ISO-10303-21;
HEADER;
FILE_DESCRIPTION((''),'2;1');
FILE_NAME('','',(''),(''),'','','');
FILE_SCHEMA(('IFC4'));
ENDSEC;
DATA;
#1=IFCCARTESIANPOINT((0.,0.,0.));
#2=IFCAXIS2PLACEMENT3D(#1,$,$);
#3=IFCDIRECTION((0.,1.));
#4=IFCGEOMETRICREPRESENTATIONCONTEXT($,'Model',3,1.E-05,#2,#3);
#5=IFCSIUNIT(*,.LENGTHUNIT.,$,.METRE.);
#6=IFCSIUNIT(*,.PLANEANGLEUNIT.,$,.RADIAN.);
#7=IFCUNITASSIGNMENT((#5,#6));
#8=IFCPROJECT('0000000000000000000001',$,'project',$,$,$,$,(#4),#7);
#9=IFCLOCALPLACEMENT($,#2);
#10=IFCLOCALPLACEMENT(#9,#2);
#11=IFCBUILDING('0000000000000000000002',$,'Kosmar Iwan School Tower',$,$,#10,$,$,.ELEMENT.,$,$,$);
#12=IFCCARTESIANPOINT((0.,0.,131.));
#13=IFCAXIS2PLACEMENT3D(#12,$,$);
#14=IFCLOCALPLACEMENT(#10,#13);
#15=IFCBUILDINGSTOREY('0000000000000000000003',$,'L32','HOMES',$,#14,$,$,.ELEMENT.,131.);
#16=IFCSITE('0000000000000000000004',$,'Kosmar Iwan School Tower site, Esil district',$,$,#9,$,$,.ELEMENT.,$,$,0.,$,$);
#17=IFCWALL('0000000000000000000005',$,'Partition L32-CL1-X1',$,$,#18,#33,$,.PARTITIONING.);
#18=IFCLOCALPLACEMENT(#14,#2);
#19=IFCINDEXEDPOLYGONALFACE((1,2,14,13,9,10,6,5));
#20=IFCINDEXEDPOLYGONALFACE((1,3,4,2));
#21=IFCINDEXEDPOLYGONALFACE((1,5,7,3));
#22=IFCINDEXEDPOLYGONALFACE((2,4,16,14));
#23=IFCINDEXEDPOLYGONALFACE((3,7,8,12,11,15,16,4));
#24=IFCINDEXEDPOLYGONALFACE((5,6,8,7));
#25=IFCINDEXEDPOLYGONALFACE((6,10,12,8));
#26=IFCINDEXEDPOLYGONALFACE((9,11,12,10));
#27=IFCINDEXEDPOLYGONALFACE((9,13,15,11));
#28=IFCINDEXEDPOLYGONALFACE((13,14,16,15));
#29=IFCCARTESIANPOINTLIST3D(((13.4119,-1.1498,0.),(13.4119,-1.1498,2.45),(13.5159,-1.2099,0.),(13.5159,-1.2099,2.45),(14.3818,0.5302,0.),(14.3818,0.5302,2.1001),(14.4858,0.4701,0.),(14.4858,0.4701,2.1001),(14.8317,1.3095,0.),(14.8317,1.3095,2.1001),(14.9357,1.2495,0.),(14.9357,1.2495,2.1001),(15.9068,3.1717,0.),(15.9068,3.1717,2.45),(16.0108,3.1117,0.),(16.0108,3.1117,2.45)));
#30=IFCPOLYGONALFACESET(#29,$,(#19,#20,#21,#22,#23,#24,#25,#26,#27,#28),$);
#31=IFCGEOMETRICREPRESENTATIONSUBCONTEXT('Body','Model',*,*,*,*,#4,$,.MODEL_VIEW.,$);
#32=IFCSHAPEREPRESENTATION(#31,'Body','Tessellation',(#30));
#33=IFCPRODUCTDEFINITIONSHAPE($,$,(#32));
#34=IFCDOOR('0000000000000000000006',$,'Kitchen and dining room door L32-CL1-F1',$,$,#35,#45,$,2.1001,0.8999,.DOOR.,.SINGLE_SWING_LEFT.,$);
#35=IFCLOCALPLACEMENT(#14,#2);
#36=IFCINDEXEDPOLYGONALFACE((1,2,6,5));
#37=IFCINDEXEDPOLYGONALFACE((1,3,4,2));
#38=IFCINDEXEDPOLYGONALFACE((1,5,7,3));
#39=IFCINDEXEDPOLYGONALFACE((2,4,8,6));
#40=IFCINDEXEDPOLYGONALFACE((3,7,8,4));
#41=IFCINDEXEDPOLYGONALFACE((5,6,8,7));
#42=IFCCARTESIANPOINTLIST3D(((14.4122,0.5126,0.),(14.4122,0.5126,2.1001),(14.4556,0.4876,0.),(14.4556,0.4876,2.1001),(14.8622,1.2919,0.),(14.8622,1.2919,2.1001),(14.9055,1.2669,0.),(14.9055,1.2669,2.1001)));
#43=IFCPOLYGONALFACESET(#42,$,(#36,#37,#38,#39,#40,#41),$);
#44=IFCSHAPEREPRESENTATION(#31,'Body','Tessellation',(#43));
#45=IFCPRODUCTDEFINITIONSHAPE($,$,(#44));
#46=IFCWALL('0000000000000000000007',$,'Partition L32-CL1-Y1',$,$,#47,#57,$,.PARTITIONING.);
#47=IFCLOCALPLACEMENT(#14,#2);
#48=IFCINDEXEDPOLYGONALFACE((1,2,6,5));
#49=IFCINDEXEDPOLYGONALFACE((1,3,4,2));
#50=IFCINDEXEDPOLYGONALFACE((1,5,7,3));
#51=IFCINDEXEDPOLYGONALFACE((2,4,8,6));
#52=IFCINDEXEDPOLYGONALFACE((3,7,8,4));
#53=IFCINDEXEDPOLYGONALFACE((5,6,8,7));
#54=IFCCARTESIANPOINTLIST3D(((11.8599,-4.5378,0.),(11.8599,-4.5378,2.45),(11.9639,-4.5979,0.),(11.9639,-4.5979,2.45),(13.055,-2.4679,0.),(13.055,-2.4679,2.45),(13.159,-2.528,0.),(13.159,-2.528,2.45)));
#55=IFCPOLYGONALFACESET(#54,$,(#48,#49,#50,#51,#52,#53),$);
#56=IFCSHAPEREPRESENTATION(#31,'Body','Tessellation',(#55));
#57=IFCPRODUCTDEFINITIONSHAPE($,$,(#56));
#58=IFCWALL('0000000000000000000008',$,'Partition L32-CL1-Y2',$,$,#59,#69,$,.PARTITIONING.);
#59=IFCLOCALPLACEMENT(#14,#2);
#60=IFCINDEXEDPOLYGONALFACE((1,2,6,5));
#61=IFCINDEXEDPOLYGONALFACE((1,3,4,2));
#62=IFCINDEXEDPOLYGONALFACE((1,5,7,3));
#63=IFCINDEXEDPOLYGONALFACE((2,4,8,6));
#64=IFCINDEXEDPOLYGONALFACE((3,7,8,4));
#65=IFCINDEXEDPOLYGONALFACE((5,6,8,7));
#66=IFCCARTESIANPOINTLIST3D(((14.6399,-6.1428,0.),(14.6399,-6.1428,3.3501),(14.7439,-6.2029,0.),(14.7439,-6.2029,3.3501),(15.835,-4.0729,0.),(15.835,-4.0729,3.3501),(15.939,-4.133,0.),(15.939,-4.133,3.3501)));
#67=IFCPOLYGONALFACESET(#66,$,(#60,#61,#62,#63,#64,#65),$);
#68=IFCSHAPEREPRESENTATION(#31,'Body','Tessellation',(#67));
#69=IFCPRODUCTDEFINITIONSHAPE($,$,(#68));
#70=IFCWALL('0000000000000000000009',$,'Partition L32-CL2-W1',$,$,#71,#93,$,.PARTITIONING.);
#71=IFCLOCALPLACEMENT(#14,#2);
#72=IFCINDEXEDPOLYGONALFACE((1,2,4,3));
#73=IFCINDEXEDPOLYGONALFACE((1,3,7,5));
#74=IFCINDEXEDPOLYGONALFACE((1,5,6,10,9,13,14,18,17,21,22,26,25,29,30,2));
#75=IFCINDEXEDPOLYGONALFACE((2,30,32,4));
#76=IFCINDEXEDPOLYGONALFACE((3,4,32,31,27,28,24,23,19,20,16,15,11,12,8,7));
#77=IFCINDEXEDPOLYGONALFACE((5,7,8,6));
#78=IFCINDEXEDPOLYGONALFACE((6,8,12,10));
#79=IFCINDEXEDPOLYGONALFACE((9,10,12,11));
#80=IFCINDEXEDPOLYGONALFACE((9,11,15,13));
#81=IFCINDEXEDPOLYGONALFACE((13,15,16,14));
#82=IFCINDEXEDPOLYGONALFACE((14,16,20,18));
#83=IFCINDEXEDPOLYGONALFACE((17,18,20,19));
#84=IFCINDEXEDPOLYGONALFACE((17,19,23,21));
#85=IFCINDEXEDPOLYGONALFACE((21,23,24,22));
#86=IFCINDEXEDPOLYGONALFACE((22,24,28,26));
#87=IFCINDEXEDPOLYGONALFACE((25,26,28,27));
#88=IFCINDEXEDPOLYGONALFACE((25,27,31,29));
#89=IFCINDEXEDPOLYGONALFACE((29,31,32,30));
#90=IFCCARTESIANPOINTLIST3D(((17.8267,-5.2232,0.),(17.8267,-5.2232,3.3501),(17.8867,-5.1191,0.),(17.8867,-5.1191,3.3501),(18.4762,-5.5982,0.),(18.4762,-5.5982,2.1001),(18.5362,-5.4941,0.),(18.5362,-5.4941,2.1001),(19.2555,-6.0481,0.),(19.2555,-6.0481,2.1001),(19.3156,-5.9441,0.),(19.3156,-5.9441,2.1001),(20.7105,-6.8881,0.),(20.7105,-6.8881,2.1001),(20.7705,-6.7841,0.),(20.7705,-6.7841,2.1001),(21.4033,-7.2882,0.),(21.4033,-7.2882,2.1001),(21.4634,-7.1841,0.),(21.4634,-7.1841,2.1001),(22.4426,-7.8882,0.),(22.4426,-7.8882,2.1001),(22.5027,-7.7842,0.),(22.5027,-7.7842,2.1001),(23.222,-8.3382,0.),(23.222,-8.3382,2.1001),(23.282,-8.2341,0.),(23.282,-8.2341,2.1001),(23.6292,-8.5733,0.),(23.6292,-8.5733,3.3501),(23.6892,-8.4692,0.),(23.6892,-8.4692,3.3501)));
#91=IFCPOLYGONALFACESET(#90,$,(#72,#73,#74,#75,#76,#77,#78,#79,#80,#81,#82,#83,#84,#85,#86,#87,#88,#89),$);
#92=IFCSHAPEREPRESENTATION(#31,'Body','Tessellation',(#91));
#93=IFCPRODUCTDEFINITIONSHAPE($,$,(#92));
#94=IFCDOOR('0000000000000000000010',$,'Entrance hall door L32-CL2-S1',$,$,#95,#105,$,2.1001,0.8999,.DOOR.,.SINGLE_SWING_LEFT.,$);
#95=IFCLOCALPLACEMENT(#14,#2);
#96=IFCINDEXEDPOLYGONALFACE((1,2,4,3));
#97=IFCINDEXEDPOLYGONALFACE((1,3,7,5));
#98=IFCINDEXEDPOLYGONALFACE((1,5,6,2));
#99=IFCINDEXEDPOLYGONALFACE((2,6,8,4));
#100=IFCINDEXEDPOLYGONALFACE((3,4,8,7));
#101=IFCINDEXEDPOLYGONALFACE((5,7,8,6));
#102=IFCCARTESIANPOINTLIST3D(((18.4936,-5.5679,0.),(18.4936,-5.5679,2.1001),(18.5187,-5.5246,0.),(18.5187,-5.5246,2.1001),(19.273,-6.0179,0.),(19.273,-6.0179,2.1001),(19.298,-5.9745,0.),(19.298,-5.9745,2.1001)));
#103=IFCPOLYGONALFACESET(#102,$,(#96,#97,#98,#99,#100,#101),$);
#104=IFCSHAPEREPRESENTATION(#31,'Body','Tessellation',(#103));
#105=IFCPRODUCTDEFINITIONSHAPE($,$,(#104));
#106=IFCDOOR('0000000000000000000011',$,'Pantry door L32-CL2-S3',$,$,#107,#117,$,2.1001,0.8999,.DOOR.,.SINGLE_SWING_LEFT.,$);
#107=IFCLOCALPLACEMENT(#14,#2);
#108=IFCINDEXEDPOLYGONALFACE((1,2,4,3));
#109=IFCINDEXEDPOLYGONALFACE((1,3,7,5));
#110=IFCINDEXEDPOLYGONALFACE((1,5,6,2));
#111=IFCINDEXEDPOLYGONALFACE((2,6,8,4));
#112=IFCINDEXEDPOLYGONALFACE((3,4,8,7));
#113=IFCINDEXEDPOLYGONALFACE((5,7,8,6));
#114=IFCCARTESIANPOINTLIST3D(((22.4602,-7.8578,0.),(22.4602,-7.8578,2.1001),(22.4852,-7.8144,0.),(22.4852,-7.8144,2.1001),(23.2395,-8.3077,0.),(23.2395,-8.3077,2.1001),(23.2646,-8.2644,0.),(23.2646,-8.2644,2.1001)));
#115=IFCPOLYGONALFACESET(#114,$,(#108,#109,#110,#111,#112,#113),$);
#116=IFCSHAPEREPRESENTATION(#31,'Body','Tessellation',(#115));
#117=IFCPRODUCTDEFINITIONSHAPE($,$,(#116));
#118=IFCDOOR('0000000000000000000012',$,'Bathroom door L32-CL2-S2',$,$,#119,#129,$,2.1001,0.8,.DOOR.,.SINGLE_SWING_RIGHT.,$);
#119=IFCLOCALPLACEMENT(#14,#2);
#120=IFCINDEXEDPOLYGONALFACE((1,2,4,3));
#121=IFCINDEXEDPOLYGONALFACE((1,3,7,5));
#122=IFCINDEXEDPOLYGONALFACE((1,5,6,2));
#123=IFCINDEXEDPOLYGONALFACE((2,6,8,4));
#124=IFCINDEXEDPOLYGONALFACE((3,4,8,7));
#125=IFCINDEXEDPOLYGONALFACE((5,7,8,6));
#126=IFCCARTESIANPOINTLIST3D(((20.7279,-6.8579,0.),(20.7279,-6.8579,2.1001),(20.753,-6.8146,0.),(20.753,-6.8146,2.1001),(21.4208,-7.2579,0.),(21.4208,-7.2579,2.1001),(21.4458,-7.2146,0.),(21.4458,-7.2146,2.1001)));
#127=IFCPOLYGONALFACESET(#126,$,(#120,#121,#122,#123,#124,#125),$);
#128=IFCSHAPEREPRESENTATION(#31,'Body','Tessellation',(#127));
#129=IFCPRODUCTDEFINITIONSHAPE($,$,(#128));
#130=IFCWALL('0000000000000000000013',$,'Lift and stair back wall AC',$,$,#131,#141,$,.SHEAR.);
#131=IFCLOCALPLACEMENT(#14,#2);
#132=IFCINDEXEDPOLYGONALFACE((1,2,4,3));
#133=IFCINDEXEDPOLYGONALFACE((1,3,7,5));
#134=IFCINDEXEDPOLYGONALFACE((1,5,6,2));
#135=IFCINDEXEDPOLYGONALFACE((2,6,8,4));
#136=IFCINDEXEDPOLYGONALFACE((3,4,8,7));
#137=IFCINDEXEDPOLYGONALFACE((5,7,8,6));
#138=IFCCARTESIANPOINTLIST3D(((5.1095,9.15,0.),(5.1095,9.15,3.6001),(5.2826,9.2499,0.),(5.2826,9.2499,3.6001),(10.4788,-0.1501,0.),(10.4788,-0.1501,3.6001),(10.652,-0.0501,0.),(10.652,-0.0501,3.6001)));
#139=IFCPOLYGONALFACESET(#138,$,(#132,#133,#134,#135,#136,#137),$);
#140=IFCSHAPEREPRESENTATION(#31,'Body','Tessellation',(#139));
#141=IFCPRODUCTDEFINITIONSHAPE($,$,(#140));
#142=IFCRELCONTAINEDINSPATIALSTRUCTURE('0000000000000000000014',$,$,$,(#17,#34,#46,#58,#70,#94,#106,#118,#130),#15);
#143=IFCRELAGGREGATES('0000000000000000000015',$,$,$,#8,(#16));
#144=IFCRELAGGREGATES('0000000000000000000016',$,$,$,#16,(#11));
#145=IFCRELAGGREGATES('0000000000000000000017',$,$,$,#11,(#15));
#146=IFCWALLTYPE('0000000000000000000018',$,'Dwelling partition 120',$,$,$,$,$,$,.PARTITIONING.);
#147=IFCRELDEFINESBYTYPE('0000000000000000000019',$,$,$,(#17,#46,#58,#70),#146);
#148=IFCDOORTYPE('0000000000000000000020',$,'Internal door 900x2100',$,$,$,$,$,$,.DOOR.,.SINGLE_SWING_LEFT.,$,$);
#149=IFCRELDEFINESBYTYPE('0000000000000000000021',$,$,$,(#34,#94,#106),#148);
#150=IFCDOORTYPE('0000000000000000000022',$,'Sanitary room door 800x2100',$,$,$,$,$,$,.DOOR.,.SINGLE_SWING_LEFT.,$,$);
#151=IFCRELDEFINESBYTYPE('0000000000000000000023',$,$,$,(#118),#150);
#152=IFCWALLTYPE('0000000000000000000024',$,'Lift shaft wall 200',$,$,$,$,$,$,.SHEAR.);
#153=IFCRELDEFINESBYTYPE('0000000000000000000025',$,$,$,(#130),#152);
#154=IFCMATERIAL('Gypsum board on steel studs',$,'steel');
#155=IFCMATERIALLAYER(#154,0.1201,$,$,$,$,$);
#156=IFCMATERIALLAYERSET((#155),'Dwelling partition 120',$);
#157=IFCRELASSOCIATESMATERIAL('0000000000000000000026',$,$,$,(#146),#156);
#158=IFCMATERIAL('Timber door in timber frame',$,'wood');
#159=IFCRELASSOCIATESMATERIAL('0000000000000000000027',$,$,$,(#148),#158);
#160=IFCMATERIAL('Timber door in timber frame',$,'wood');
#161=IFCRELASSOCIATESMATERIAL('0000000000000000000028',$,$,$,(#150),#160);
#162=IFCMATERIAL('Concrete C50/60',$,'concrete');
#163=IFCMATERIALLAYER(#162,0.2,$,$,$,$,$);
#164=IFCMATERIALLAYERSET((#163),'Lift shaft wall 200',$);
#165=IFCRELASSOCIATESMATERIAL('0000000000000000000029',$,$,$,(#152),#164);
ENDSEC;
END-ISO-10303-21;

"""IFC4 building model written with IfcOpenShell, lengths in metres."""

from ifc_helpers import new_model, si_unit, direction, frame, frame_2d, origin, place, context, subcontext, project, spatial, rectangle, extrude, material, layer, layer_set, type_object, element, fill, save


model = new_model("IFC4")

# Units and contexts
model_context = context("Model", 3, precision=1e-05, world=origin(), true_north=direction((0.0, 1.0)))
body_context = subcontext(model_context, "Body", "Model", "MODEL_VIEW")
ifc_project = project(units=[si_unit("LENGTHUNIT", "METRE"), si_unit("PLANEANGLEUNIT", "RADIAN")], contexts=[model_context])

# Site, building, storey
site_placement = place(None, origin())
site = spatial("IfcSite", under=ifc_project, at=site_placement, Name="Kosmar Iwan School Tower site, Esil district", CompositionType="ELEMENT", RefElevation=0.0)
building_placement = place(site_placement, origin())
building = spatial("IfcBuilding", under=site, at=building_placement, Name="Kosmar Iwan School Tower", CompositionType="ELEMENT")
storey_placement = place(building_placement, frame((0.0, 0.0, 131.0)))
storey = spatial("IfcBuildingStorey", under=building, at=storey_placement, Name="L32", Description="HOMES", CompositionType="ELEMENT", Elevation=131.0)

# Shared definitions
ifc_material_1 = material(Name="Gypsum board on steel studs", Category="steel")
ifc_layer_1 = layer(ifc_material_1, 0.1201)
ifc_layer_set_1 = layer_set([ifc_layer_1], Name="Dwelling partition 120")
wall_type_1 = type_object("IfcWallType", Name="Dwelling partition 120", PredefinedType="PARTITIONING", material=ifc_layer_set_1)
ifc_material_2 = material(Name="Timber door in timber frame", Category="wood")
door_type_1 = type_object("IfcDoorType", Name="Internal door 900x2100", OperationType="SINGLE_SWING_LEFT", PredefinedType="DOOR", material=ifc_material_2)
ifc_material_3 = material(Name="Timber door in timber frame", Category="wood")
door_type_2 = type_object("IfcDoorType", Name="Sanitary room door 800x2100", OperationType="SINGLE_SWING_LEFT", PredefinedType="DOOR", material=ifc_material_3)

# Wall, opening, door
wall_1_placement = place(storey_placement, frame((13.4639, -1.1799, 0.0), z_axis=(0.0, 0.0, 1.0), x_axis=(0.499975, 0.86604, 0.0)))
wall_1 = element("IfcWall", 1, at=wall_1_placement, inside=storey, type_object=wall_type_1, Name="Partition L32-CL1-X1", PredefinedType="PARTITIONING", context=body_context, shape_type="SweptSolid", body=[
    extrude(rectangle(XDim=4.99, YDim=0.1201, at=frame_2d((2.4951, 0.0))), origin(), (0.0, 0.0, 1.0), 2.45),
])
opening_1_placement = place(wall_1_placement, frame((1.9399, 0.0, 0.0)))
opening_1 = element("IfcOpeningElement", 2, at=opening_1_placement, cuts=wall_1, PredefinedType="OPENING", context=body_context, shape_type="SweptSolid", body=[
    extrude(rectangle(XDim=0.8999, YDim=2.1001, at=frame_2d((0.45, 1.05))), frame((0.0, 0.072, 0.0), z_axis=(0.0, -1.0, 0.0), x_axis=(1.0, 0.0, 0.0)), (0.0, 0.0, 1.0), 0.144),
])
door_1_placement = place(opening_1_placement, origin())
door_1 = element("IfcDoor", 3, at=door_1_placement, inside=storey, type_object=door_type_1, Name="Kitchen and dining room door L32-CL1-F1", OperationType="SINGLE_SWING_LEFT", OverallHeight=2.1001, OverallWidth=0.8999, PredefinedType="DOOR", context=body_context, shape_type="SweptSolid", body=[
    extrude(rectangle(XDim=0.8999, YDim=2.1001, at=frame_2d((0.45, 1.05))), frame((0.0, 0.0249, 0.0), z_axis=(0.0, -1.0, 0.0), x_axis=(1.0, 0.0, 0.0)), (0.0, 0.0, 1.0), 0.05),
])
fill(opening_1, door_1)

# Walls
wall_2_placement = place(storey_placement, frame((11.9119, -4.5679, 0.0), z_axis=(0.0, 0.0, 1.0), x_axis=(0.500017, 0.866015, 0.0)))
element("IfcWall", 4, at=wall_2_placement, inside=storey, type_object=wall_type_1, Name="Partition L32-CL1-Y1", PredefinedType="PARTITIONING", context=body_context, shape_type="SweptSolid", body=[
    extrude(rectangle(XDim=2.3901, YDim=0.1201, at=frame_2d((1.1951, 0.0))), origin(), (0.0, 0.0, 1.0), 2.45),
])
wall_3_placement = place(storey_placement, frame((14.6919, -6.1729, 0.0), z_axis=(0.0, 0.0, 1.0), x_axis=(0.500017, 0.866015, 0.0)))
element("IfcWall", 5, at=wall_3_placement, inside=storey, type_object=wall_type_1, Name="Partition L32-CL1-Y2", PredefinedType="PARTITIONING", context=body_context, shape_type="SweptSolid", body=[
    extrude(rectangle(XDim=2.3901, YDim=0.1201, at=frame_2d((1.1951, 0.0))), origin(), (0.0, 0.0, 1.0), 3.3501),
])

# Wall, openings, doors
wall_4_placement = place(storey_placement, frame((17.8567, -5.1711, 0.0), z_axis=(0.0, 0.0, 1.0), x_axis=(0.866024, -0.500003, 0.0)))
wall_4 = element("IfcWall", 6, at=wall_4_placement, inside=storey, type_object=wall_type_1, Name="Partition L32-CL2-W1", PredefinedType="PARTITIONING", context=body_context, shape_type="SweptSolid", body=[
    extrude(rectangle(XDim=6.7002, YDim=0.1201, at=frame_2d((3.3501, 0.0))), origin(), (0.0, 0.0, 1.0), 3.3501),
])
opening_2_placement = place(wall_4_placement, frame((0.75, 0.0, 0.0)))
opening_2 = element("IfcOpeningElement", 7, at=opening_2_placement, cuts=wall_4, PredefinedType="OPENING", context=body_context, shape_type="SweptSolid", body=[
    extrude(rectangle(XDim=0.8999, YDim=2.1001, at=frame_2d((0.45, 1.05))), frame((0.0, 0.072, 0.0), z_axis=(0.0, -1.0, 0.0), x_axis=(1.0, 0.0, 0.0)), (0.0, 0.0, 1.0), 0.144),
])
opening_3_placement = place(wall_4_placement, frame((3.3301, 0.0, 0.0)))
opening_3 = element("IfcOpeningElement", 8, at=opening_3_placement, cuts=wall_4, PredefinedType="OPENING", context=body_context, shape_type="SweptSolid", body=[
    extrude(rectangle(XDim=0.8, YDim=2.1001, at=frame_2d((0.3999, 1.05))), frame((0.0, 0.072, 0.0), z_axis=(0.0, -1.0, 0.0), x_axis=(1.0, 0.0, 0.0)), (0.0, 0.0, 1.0), 0.144),
])
opening_4_placement = place(wall_4_placement, frame((5.3301, 0.0, 0.0)))
opening_4 = element("IfcOpeningElement", 9, at=opening_4_placement, cuts=wall_4, PredefinedType="OPENING", context=body_context, shape_type="SweptSolid", body=[
    extrude(rectangle(XDim=0.8999, YDim=2.1001, at=frame_2d((0.45, 1.05))), frame((0.0, 0.072, 0.0), z_axis=(0.0, -1.0, 0.0), x_axis=(1.0, 0.0, 0.0)), (0.0, 0.0, 1.0), 0.144),
])
door_2_placement = place(opening_2_placement, origin())
door_2 = element("IfcDoor", 10, at=door_2_placement, inside=storey, type_object=door_type_1, Name="Entrance hall door L32-CL2-S1", OperationType="SINGLE_SWING_LEFT", OverallHeight=2.1001, OverallWidth=0.8999, PredefinedType="DOOR", context=body_context, shape_type="SweptSolid", body=[
    extrude(rectangle(XDim=0.8999, YDim=2.1001, at=frame_2d((0.45, 1.05))), frame((0.0, 0.0249, 0.0), z_axis=(0.0, -1.0, 0.0), x_axis=(1.0, 0.0, 0.0)), (0.0, 0.0, 1.0), 0.05),
])
fill(opening_2, door_2)
door_3_placement = place(opening_4_placement, frame((0.8999, 0.0, 0.0), z_axis=(0.0, 0.0, 1.0), x_axis=(-1.0, 0.0, 0.0)))
door_3 = element("IfcDoor", 11, at=door_3_placement, inside=storey, type_object=door_type_1, Name="Pantry door L32-CL2-S3", OperationType="SINGLE_SWING_LEFT", OverallHeight=2.1001, OverallWidth=0.8999, PredefinedType="DOOR", context=body_context, shape_type="SweptSolid", body=[
    extrude(rectangle(XDim=0.8999, YDim=2.1001, at=frame_2d((0.45, 1.05))), frame((0.0, 0.0249, 0.0), z_axis=(0.0, -1.0, 0.0), x_axis=(1.0, 0.0, 0.0)), (0.0, 0.0, 1.0), 0.05),
])
fill(opening_4, door_3)
door_4_placement = place(opening_3_placement, origin())
door_4 = element("IfcDoor", 12, at=door_4_placement, inside=storey, type_object=door_type_2, Name="Bathroom door L32-CL2-S2", OperationType="SINGLE_SWING_RIGHT", OverallHeight=2.1001, OverallWidth=0.8, PredefinedType="DOOR", context=body_context, shape_type="SweptSolid", body=[
    extrude(rectangle(XDim=0.8, YDim=2.1001, at=frame_2d((0.3999, 1.05))), frame((0.0, 0.0249, 0.0), z_axis=(0.0, -1.0, 0.0), x_axis=(1.0, 0.0, 0.0)), (0.0, 0.0, 1.0), 0.05),
])
fill(opening_3, door_4)

# Wall
ifc_material_4 = material(Name="Concrete C50/60", Category="concrete")
ifc_layer_2 = layer(ifc_material_4, 0.2)
ifc_layer_set_2 = layer_set([ifc_layer_2], Name="Lift shaft wall 200")
wall_type_2 = type_object("IfcWallType", Name="Lift shaft wall 200", PredefinedType="SHEAR", material=ifc_layer_set_2)
wall_5_placement = place(storey_placement, frame((10.5654, -0.1001, 0.0), z_axis=(0.0, 0.0, 1.0), x_axis=(-0.5, 0.866025, 0.0)))
element("IfcWall", 13, at=wall_5_placement, inside=storey, type_object=wall_type_2, Name="Lift and stair back wall AC", PredefinedType="SHEAR", context=body_context, shape_type="SweptSolid", body=[
    extrude(rectangle(XDim=10.7388, YDim=0.2, at=frame_2d((5.3694, 0.0))), origin(), (0.0, 0.0, 1.0), 3.6001),
])

save(model, "model.ifc")
